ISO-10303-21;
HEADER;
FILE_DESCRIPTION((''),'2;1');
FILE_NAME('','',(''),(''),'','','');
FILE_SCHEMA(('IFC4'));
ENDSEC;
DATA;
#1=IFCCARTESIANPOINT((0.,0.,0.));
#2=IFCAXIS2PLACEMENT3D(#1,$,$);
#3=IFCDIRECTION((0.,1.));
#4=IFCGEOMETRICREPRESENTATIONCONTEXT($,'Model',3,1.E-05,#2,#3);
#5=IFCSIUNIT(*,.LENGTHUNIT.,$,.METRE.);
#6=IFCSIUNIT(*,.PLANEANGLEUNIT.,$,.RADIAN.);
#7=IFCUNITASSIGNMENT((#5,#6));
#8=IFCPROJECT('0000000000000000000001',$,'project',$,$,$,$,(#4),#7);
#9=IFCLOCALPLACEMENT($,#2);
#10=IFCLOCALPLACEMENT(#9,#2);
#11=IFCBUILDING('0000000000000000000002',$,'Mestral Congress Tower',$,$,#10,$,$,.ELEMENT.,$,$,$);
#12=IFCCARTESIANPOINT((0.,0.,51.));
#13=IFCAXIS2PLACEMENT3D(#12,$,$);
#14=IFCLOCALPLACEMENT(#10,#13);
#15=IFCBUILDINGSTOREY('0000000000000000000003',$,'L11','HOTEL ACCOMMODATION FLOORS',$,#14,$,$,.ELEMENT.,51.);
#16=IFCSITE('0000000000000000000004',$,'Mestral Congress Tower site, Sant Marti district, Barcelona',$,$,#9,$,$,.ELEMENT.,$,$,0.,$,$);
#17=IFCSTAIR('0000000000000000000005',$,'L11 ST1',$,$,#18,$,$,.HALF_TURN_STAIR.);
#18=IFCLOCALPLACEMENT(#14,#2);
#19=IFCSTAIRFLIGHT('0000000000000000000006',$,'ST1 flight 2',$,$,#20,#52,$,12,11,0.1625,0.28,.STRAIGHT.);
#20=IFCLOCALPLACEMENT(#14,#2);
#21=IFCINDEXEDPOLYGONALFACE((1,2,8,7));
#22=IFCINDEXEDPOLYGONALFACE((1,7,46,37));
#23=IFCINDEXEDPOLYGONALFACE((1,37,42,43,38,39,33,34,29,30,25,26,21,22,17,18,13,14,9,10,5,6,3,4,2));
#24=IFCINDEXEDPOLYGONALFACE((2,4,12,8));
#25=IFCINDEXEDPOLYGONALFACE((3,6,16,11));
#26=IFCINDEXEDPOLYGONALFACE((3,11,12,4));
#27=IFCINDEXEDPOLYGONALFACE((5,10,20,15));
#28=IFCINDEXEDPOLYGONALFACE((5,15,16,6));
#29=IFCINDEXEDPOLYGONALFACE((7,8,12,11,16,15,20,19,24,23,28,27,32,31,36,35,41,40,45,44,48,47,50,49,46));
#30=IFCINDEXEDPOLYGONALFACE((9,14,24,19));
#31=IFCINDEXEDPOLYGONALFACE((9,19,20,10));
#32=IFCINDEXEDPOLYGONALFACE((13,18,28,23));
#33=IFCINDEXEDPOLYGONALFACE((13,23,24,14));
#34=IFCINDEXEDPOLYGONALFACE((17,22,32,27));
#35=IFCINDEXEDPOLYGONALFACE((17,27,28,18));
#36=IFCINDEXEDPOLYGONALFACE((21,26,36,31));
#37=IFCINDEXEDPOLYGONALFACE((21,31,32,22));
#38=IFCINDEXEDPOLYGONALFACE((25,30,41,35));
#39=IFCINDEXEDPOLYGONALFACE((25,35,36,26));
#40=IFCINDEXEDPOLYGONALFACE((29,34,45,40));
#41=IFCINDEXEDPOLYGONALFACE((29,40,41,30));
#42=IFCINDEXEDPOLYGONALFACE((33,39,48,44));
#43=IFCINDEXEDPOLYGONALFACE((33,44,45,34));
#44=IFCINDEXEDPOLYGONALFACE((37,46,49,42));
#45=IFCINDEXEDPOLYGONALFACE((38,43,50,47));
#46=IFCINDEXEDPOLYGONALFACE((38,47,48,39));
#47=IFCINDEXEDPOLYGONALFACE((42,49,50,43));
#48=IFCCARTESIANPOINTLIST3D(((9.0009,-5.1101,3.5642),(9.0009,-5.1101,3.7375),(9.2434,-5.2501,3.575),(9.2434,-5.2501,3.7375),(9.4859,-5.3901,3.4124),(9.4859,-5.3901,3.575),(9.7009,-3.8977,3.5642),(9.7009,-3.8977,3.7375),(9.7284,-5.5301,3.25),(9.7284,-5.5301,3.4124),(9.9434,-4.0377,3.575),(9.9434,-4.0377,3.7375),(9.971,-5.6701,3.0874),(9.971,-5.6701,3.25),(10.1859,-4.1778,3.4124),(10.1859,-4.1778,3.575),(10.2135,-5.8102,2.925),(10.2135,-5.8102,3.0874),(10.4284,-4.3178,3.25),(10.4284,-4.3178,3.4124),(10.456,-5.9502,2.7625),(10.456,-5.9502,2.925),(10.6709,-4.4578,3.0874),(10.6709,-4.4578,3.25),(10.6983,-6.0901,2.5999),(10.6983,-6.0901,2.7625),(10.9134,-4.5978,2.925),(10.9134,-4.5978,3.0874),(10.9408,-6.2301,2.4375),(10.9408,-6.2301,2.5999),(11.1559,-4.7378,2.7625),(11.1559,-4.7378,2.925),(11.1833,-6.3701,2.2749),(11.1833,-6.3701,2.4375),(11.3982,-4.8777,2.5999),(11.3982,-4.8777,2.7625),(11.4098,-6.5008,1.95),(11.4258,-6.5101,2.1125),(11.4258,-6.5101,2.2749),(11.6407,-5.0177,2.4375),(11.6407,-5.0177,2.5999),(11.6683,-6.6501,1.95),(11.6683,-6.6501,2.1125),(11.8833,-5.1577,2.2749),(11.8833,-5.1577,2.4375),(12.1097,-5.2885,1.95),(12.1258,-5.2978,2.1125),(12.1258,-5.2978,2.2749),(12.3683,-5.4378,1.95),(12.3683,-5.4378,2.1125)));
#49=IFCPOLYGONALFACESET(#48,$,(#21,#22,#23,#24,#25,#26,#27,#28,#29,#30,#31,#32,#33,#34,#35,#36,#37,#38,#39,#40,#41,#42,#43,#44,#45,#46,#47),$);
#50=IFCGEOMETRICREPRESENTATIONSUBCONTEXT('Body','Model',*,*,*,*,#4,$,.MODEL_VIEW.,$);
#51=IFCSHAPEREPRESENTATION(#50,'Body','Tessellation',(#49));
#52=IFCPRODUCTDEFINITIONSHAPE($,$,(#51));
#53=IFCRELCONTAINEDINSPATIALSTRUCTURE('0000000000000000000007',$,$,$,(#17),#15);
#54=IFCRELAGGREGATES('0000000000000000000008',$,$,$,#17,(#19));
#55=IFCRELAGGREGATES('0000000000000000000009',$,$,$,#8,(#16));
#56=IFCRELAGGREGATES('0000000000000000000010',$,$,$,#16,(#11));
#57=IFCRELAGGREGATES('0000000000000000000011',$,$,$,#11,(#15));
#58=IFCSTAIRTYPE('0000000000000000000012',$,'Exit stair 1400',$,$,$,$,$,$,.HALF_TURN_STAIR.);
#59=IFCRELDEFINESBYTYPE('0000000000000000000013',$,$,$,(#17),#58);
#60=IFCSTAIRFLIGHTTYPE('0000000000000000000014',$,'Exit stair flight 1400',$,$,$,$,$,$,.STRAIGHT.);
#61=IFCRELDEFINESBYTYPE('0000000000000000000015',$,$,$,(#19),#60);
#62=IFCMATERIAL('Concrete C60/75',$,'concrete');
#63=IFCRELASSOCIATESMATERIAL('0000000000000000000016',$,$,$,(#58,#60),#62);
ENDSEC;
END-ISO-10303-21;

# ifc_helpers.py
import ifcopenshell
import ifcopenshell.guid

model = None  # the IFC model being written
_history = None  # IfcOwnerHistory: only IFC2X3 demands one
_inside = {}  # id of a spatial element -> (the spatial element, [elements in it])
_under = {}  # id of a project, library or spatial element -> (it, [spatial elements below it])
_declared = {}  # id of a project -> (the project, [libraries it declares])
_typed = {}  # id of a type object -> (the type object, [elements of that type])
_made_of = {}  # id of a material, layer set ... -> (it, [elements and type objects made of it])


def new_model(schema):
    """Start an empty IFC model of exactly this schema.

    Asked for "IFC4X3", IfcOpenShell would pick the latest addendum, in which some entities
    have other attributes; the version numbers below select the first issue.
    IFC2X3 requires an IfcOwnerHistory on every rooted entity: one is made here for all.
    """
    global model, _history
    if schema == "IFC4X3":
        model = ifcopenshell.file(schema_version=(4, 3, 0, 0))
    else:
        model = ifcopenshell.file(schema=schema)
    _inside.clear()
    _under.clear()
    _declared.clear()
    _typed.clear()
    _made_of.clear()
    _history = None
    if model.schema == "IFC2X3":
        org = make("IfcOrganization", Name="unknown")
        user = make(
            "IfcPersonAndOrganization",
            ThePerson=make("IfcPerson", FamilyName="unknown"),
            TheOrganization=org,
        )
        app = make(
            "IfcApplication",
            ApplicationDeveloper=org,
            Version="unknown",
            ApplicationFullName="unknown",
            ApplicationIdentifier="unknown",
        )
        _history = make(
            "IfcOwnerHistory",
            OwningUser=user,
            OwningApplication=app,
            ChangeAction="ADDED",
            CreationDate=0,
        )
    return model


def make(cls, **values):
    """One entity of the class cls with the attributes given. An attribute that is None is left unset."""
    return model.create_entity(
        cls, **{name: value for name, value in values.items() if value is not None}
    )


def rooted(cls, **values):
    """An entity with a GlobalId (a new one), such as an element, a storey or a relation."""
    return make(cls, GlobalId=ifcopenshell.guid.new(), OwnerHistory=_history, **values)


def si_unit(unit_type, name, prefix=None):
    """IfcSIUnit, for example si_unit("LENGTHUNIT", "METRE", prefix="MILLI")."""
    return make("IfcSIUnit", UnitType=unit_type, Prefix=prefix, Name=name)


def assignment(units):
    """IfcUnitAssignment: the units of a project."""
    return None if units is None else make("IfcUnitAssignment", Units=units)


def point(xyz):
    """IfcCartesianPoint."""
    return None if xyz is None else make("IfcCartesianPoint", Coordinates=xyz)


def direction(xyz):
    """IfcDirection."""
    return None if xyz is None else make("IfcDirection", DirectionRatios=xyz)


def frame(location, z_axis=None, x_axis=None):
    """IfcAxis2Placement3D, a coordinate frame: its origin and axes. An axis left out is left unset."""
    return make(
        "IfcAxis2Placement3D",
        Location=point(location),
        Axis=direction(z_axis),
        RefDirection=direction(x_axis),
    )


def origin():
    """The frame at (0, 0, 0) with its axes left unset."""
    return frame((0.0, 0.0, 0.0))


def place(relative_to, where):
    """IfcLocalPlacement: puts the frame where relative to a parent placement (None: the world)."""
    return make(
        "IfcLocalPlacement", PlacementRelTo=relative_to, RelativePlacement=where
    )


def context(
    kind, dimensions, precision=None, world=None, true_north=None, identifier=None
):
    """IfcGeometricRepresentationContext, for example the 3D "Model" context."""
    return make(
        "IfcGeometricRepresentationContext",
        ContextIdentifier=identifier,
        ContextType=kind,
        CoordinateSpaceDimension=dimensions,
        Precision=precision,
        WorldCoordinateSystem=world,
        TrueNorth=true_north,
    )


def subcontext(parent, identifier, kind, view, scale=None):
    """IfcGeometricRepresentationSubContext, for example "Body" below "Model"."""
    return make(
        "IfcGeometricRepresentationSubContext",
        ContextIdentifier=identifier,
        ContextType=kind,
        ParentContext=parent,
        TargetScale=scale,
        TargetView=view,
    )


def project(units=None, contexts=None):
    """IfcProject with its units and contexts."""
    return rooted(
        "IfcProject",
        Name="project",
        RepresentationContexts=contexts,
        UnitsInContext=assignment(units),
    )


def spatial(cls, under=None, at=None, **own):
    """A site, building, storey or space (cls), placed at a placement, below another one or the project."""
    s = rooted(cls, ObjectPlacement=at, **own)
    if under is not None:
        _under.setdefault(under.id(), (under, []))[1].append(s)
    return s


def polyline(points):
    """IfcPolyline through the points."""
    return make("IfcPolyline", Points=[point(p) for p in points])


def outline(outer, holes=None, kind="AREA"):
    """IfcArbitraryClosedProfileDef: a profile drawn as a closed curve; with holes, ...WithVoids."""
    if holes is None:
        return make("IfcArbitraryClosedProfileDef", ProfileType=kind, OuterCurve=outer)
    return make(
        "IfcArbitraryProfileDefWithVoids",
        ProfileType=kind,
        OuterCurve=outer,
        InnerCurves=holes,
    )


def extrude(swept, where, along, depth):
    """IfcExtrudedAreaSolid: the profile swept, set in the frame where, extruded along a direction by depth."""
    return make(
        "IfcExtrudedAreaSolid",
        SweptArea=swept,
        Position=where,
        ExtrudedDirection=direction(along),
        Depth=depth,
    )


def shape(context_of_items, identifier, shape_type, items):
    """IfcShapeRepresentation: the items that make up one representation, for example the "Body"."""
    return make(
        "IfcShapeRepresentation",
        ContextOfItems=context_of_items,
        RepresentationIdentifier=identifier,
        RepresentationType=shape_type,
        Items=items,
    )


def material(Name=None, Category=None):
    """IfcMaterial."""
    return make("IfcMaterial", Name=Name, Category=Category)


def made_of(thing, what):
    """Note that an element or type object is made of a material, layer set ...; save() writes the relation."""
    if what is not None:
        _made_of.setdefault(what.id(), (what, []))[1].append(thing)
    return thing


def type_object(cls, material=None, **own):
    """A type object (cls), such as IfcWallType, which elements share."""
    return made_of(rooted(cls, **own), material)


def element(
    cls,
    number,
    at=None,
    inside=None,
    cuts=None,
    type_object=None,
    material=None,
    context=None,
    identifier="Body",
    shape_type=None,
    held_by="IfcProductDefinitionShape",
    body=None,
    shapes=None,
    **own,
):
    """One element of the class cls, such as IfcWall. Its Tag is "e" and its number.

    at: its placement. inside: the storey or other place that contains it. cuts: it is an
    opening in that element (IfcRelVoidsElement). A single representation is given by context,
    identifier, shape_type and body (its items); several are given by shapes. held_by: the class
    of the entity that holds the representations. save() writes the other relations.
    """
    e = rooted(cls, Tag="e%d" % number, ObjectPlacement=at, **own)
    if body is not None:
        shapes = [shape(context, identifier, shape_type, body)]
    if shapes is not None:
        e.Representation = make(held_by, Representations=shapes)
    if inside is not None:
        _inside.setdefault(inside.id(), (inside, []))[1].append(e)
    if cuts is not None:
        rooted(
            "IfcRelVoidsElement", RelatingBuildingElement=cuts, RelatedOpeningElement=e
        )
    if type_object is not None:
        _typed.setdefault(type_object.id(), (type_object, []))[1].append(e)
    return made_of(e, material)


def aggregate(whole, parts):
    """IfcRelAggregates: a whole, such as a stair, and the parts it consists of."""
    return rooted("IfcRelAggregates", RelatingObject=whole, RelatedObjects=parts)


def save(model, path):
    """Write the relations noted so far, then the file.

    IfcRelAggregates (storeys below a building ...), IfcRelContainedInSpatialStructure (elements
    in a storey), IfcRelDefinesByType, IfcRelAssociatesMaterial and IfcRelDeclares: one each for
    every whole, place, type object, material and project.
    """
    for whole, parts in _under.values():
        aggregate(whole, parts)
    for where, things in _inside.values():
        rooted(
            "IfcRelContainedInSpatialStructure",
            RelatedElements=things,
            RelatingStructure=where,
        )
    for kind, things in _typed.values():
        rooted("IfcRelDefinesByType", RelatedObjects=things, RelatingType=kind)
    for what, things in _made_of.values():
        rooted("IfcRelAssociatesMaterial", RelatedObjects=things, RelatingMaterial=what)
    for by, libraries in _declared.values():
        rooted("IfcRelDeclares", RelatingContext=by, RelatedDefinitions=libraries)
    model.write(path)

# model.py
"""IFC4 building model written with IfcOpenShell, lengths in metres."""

from ifc_helpers import new_model, si_unit, direction, frame, origin, place, context, subcontext, project, spatial, polyline, outline, extrude, material, type_object, element, aggregate, save


model = new_model("IFC4")

# Units and contexts
model_context = context("Model", 3, precision=1e-05, world=origin(), true_north=direction((0.0, 1.0)))
body_context = subcontext(model_context, "Body", "Model", "MODEL_VIEW")
ifc_project = project(units=[si_unit("LENGTHUNIT", "METRE"), si_unit("PLANEANGLEUNIT", "RADIAN")], contexts=[model_context])

# Site, building, storey
site_placement = place(None, origin())
site = spatial("IfcSite", under=ifc_project, at=site_placement, Name="Mestral Congress Tower site, Sant Marti district, Barcelona", CompositionType="ELEMENT", RefElevation=0.0)
building_placement = place(site_placement, origin())
building = spatial("IfcBuilding", under=site, at=building_placement, Name="Mestral Congress Tower", CompositionType="ELEMENT")
storey_placement = place(building_placement, frame((0.0, 0.0, 51.0)))
storey = spatial("IfcBuildingStorey", under=building, at=storey_placement, Name="L11", Description="HOTEL ACCOMMODATION FLOORS", CompositionType="ELEMENT", Elevation=51.0)

# Shared definitions
ifc_material_1 = material(Name="Concrete C60/75", Category="concrete")

# Stair, stair flight
stair_type = type_object("IfcStairType", Name="Exit stair 1400", PredefinedType="HALF_TURN_STAIR", material=ifc_material_1)
stair_placement = place(storey_placement, origin())
stair = element("IfcStair", 1, at=stair_placement, inside=storey, type_object=stair_type, Name="L11 ST1", PredefinedType="HALF_TURN_STAIR")
stair_flight_type = type_object("IfcStairFlightType", Name="Exit stair flight 1400", PredefinedType="STRAIGHT", material=ifc_material_1)
stair_flight_1_placement = place(storey_placement, frame((12.0183, -6.0439, 1.95), z_axis=(0.0, 0.0, 1.0), x_axis=(-0.866025, 0.5, 0.0)))
stair_flight_1 = element("IfcStairFlight", 2, at=stair_flight_1_placement, type_object=stair_flight_type, Name="ST1 flight 2", NumberOfRisers=12, NumberOfTreads=11, PredefinedType="STRAIGHT", RiserHeight=0.1625, TreadLength=0.28, context=body_context, shape_type="SweptSolid", body=[
    extrude(outline(polyline([(0.0, 0.0), (0.0, 0.1626), (0.28, 0.1626), (0.28, 0.325), (0.5601, 0.325), (0.5601, 0.4875), (0.8401, 0.4875), (0.8401, 0.6499), (1.1201, 0.6499), (1.1201, 0.8125), (1.3999, 0.8125), (1.3999, 0.9751), (1.6799, 0.9751), (1.6799, 1.1375), (1.96, 1.1375), (1.96, 1.3), (2.24, 1.3), (2.24, 1.4624), (2.52, 1.4624), (2.52, 1.625), (2.8, 1.625), (2.8, 1.7876), (3.0801, 1.7876), (3.0801, 1.95), (3.0801, 1.6143), (0.2986, 0.0), (0.0, 0.0)])), frame((0.0, 0.7, 0.0), z_axis=(0.0, -1.0, 0.0), x_axis=(1.0, 0.0, 0.0)), (0.0, 0.0, 1.0), 1.3999),
])
aggregate(stair, [stair_flight_1])

save(model, "model.ifc")
